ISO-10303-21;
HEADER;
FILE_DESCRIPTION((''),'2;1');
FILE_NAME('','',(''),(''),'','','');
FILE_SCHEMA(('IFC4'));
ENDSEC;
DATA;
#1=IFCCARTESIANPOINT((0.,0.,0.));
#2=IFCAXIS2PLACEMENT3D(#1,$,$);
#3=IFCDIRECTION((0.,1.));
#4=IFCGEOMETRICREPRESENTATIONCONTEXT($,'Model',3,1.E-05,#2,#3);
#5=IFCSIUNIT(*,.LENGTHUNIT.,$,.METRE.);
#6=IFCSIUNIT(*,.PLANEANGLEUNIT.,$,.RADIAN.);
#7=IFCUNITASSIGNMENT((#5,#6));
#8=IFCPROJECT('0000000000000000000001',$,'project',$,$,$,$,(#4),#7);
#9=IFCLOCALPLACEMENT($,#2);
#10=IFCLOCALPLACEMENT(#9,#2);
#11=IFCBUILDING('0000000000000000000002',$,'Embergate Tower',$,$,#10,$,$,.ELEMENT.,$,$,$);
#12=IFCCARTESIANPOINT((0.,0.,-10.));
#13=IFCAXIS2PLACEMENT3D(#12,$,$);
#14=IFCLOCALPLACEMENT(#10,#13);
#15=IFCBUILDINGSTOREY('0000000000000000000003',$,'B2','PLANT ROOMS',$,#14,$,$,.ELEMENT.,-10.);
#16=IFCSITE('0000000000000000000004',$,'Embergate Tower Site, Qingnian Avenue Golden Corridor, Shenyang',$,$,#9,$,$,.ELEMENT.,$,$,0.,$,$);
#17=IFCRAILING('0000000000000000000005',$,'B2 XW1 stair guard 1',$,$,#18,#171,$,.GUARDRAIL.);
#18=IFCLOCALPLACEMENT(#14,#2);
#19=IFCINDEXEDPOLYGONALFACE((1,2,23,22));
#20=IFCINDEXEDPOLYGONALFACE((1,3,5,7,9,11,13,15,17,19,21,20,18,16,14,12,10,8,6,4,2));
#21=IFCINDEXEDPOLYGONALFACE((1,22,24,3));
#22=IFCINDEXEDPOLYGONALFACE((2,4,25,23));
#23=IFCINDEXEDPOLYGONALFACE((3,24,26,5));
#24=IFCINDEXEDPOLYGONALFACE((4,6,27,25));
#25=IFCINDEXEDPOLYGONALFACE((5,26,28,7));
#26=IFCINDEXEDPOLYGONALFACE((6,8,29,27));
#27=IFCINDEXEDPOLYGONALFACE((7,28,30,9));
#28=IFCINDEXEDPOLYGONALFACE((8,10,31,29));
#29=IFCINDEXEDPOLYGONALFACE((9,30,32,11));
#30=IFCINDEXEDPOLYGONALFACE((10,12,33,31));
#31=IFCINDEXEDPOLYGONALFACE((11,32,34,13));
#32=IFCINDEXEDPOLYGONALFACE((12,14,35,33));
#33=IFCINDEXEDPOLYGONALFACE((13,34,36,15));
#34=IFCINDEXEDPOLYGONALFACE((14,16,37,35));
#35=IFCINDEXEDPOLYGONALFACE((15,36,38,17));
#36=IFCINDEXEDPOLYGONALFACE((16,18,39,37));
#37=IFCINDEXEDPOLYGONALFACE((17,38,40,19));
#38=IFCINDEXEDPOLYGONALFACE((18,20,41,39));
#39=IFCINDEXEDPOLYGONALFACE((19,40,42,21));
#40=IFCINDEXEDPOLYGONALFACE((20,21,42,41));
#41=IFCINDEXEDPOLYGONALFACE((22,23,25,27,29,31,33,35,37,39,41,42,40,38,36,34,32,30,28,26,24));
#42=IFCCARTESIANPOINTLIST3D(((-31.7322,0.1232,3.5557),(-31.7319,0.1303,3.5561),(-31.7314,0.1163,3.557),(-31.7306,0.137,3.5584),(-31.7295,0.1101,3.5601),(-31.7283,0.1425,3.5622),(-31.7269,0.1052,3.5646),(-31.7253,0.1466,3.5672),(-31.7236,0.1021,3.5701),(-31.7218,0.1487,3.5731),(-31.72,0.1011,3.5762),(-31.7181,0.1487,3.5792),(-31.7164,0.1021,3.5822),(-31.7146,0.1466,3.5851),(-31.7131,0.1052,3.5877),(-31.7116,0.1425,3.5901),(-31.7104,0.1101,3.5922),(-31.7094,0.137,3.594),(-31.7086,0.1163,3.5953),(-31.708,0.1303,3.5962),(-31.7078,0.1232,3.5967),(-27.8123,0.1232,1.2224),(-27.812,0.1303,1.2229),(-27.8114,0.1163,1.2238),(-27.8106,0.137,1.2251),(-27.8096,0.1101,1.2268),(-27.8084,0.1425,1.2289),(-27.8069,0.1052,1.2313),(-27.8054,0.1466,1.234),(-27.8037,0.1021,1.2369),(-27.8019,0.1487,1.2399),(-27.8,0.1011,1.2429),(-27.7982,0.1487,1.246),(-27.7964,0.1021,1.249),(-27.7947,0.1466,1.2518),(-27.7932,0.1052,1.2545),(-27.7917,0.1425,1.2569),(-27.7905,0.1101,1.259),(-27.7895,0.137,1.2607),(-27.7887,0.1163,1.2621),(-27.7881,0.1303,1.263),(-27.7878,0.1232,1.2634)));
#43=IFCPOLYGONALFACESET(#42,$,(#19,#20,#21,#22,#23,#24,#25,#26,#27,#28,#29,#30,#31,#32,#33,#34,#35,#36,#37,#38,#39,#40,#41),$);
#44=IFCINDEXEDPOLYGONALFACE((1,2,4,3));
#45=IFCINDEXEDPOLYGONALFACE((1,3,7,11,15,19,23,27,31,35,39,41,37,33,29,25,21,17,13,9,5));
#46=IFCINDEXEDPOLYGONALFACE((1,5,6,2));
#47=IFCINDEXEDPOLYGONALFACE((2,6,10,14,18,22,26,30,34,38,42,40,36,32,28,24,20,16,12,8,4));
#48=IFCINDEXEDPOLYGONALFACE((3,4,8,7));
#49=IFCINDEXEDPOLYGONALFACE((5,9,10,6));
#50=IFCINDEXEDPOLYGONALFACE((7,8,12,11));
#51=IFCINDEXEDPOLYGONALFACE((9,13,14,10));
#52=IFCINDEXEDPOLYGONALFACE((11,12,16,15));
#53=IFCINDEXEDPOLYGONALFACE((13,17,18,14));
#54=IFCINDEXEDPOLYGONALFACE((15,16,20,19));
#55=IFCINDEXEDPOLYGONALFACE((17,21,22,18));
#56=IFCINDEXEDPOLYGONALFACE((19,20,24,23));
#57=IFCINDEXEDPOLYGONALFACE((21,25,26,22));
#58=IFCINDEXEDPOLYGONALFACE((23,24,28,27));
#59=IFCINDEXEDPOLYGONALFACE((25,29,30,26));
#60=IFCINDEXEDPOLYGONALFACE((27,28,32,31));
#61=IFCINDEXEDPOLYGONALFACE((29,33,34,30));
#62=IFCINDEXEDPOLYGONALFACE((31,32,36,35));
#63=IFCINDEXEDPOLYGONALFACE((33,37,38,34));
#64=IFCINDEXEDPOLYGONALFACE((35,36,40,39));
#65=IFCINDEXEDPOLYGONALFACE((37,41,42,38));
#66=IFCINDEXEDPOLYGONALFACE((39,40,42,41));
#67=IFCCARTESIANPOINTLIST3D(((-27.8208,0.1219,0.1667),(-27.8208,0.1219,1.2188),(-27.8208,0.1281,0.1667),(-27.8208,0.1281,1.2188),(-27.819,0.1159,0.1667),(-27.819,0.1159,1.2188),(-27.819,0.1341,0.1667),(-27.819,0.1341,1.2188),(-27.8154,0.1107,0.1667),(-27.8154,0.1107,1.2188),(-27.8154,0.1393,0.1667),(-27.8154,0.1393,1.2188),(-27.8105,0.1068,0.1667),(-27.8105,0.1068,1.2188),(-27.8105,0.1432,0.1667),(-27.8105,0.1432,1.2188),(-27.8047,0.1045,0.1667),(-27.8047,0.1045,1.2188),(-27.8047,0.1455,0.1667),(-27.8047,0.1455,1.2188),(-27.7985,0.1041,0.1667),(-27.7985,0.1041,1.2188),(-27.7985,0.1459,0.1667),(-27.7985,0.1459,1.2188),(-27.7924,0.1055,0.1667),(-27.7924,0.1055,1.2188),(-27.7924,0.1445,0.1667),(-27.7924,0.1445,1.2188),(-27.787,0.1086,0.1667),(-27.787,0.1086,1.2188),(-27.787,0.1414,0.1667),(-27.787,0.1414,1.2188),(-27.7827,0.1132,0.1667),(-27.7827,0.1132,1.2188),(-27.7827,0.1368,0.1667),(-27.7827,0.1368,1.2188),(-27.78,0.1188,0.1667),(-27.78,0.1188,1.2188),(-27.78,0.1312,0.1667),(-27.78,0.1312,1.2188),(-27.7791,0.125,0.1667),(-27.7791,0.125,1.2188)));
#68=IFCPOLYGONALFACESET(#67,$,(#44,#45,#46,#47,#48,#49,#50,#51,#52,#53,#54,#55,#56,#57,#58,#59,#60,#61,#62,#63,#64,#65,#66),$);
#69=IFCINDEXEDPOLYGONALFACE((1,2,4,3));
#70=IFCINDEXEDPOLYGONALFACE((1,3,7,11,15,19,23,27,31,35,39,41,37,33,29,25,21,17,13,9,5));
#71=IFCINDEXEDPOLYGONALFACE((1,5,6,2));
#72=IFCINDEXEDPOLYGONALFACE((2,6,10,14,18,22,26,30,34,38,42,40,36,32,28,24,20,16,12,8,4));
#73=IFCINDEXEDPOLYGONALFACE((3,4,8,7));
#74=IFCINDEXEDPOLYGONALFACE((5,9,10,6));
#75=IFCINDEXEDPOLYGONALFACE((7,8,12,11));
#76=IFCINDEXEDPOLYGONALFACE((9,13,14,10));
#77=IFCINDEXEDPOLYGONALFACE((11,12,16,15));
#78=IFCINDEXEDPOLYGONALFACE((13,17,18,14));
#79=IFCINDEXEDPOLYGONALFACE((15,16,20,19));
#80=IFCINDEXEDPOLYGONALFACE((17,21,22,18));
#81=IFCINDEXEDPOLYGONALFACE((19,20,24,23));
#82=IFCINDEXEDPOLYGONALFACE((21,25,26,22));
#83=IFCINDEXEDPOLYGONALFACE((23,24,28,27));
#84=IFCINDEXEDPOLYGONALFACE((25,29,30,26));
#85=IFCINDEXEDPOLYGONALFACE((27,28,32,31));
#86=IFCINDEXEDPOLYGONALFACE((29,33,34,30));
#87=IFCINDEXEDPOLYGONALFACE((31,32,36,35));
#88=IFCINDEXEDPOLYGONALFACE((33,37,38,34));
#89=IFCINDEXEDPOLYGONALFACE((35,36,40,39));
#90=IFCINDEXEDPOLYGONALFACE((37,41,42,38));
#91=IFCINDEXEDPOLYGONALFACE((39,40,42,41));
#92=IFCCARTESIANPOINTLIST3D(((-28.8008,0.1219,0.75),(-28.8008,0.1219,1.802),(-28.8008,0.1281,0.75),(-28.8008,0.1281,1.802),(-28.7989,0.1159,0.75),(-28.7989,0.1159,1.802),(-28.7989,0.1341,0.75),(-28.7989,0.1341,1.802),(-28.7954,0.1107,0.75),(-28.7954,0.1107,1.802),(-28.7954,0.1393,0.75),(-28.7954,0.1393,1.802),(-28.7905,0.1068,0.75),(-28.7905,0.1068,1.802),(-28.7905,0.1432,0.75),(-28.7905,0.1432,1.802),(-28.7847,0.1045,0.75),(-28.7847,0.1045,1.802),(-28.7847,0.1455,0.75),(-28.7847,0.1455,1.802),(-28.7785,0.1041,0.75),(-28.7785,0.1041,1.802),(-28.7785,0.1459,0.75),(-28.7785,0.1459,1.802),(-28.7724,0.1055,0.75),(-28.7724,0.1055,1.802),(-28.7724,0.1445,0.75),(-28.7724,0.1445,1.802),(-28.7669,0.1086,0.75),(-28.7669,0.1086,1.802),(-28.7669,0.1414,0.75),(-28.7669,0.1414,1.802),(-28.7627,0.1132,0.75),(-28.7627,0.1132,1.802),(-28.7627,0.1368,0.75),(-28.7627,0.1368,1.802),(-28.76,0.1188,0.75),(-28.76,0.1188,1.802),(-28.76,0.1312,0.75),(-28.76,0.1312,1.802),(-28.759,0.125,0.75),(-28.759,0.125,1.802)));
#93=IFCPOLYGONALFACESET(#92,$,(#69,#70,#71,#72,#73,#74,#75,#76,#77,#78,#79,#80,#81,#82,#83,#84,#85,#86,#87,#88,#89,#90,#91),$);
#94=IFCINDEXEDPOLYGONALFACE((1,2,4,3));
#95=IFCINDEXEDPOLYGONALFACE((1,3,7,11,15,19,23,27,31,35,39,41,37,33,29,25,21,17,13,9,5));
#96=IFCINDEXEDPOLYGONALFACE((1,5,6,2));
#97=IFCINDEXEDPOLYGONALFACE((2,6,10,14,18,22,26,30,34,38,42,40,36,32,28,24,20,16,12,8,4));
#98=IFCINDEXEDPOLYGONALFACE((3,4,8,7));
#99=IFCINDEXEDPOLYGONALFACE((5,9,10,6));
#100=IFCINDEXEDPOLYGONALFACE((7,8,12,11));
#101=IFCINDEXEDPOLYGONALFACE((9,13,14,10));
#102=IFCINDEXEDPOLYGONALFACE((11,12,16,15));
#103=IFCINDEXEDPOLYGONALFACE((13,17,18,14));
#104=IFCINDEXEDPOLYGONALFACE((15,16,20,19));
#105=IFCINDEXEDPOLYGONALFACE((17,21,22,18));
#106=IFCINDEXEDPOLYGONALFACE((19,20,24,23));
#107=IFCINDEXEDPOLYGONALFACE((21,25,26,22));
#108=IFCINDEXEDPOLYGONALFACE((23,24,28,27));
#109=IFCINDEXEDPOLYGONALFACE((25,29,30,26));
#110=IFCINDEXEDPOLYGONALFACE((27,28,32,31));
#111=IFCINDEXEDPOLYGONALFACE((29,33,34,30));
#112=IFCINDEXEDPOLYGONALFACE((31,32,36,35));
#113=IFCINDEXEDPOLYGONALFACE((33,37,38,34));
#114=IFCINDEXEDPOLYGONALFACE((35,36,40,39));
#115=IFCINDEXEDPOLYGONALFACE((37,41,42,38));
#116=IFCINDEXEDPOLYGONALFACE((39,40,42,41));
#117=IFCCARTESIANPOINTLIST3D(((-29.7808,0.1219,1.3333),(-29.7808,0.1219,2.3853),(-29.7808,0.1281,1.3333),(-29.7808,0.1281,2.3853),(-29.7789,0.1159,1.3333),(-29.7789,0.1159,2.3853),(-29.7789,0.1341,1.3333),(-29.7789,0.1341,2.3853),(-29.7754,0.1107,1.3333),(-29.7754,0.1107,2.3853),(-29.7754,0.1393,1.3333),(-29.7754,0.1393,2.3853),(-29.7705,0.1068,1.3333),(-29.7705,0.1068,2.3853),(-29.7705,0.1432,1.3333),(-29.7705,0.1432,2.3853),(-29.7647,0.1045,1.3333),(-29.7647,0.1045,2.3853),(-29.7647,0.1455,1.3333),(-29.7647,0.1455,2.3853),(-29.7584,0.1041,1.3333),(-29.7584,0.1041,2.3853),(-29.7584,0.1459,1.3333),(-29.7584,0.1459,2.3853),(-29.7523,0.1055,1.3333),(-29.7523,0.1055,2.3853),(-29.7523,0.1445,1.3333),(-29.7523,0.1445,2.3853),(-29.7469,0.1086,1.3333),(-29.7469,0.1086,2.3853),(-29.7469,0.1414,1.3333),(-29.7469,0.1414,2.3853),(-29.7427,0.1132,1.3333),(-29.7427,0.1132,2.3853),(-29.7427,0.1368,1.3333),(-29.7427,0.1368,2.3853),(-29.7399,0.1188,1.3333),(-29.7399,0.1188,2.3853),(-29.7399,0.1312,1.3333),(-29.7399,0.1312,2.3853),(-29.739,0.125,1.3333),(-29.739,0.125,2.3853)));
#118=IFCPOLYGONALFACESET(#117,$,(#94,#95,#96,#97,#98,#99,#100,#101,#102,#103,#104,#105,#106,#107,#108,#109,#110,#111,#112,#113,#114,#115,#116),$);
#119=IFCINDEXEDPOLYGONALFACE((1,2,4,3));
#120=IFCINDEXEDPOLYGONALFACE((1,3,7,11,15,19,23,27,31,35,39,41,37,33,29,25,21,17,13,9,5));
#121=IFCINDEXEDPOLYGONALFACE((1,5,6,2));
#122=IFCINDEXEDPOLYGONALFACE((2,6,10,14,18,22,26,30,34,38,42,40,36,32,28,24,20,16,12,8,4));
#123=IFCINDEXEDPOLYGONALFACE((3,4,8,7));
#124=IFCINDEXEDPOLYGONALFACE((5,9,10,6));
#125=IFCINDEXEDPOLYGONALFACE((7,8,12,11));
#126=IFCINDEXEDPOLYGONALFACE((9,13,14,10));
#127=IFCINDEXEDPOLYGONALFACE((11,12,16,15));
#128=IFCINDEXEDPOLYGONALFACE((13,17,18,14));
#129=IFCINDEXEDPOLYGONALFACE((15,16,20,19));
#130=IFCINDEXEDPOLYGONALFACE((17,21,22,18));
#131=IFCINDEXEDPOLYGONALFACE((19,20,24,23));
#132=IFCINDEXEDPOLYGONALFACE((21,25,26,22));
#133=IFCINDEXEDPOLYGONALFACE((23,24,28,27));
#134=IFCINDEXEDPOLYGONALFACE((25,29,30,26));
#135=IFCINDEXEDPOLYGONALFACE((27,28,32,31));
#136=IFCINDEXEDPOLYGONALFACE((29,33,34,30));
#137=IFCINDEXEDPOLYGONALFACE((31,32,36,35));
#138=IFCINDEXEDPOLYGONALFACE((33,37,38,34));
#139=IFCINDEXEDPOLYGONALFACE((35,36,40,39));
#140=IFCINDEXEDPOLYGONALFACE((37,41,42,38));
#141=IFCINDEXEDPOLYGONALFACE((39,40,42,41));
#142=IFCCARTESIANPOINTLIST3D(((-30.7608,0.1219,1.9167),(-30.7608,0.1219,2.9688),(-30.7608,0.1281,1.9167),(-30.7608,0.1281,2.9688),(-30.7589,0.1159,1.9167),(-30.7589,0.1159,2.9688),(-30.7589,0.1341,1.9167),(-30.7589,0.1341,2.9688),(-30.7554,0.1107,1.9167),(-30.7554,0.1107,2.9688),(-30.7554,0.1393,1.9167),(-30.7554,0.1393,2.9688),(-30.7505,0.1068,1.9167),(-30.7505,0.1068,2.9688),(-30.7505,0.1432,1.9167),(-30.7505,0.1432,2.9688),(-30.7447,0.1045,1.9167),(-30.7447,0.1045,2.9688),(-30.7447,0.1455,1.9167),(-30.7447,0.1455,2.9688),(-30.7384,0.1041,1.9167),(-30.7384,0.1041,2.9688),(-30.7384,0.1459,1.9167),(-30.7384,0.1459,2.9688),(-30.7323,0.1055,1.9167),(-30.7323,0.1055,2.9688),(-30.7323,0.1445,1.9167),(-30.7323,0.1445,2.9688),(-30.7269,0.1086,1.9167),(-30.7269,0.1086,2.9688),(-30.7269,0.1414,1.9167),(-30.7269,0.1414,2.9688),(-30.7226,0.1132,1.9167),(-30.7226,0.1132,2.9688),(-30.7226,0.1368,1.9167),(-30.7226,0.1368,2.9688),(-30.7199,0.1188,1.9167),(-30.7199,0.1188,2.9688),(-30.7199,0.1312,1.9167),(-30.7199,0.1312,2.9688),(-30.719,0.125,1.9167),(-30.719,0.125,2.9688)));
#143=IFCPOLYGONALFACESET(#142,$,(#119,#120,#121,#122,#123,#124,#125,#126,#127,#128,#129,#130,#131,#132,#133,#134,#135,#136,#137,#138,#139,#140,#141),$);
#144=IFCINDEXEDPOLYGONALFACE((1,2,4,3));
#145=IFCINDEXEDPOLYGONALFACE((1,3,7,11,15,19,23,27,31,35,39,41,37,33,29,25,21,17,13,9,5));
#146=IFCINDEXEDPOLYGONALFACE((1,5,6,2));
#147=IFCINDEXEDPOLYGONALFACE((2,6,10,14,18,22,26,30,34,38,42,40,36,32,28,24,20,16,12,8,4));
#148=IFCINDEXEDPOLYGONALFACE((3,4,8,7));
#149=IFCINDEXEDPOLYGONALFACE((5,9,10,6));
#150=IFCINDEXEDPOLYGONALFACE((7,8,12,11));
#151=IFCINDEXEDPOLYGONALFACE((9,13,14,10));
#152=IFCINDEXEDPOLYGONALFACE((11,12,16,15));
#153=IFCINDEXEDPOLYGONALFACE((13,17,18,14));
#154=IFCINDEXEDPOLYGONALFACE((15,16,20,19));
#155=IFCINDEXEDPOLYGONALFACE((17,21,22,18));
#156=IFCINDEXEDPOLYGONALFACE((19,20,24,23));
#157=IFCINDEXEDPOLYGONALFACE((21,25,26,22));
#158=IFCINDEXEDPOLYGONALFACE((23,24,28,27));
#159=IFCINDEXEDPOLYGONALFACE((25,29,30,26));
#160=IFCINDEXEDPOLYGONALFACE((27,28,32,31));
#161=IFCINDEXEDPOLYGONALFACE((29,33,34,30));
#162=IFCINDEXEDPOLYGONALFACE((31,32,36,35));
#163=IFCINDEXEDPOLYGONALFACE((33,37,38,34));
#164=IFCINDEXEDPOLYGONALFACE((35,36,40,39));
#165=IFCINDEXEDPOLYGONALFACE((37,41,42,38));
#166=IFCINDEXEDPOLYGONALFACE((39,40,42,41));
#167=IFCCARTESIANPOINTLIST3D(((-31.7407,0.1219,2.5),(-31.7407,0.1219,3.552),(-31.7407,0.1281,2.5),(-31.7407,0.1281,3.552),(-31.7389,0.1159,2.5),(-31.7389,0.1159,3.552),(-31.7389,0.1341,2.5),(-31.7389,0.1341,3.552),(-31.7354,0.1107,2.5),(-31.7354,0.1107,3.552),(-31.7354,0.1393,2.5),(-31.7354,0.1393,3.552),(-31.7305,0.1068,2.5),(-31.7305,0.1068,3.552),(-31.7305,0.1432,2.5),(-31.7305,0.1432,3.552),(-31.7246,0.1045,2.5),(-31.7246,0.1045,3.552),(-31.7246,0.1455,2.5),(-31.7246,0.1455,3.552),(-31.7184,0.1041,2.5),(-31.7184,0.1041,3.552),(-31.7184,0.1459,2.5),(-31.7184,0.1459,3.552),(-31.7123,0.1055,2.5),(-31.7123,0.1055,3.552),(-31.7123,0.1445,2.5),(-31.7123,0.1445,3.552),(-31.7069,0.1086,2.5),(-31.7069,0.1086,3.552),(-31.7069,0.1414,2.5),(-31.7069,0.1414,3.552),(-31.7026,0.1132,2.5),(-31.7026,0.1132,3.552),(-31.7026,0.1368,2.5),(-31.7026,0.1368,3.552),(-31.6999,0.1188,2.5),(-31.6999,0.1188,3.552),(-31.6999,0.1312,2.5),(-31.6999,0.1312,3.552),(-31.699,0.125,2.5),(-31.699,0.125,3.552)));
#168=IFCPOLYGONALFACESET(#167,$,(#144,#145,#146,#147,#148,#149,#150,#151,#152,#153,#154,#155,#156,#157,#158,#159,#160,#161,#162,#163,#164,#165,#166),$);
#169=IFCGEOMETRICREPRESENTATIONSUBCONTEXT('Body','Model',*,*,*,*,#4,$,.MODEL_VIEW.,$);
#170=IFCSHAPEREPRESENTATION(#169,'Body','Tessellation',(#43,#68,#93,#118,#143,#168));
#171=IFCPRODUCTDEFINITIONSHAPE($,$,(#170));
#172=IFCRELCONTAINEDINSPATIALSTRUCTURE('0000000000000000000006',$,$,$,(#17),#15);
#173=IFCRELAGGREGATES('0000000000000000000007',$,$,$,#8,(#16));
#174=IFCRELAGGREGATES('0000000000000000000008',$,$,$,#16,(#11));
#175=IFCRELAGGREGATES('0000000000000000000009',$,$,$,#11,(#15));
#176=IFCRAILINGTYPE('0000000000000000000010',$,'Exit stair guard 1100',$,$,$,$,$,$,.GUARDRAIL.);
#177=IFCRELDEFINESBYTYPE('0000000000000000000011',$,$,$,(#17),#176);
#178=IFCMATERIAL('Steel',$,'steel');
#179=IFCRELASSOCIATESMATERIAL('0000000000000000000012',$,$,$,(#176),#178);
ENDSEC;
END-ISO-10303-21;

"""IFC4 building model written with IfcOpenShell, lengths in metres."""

from ifc_helpers import new_model, si_unit, direction, frame, origin, origin_2d, place, context, subcontext, project, spatial, circle, extrude, source, transform, mapped, material, type_object, element, save


model = new_model("IFC4")

# Units and contexts
model_context = context("Model", 3, precision=1e-05, world=origin(), true_north=direction((0.0, 1.0)))
body_context = subcontext(model_context, "Body", "Model", "MODEL_VIEW")
ifc_project = project(units=[si_unit("LENGTHUNIT", "METRE"), si_unit("PLANEANGLEUNIT", "RADIAN")], contexts=[model_context])

# Site, building, storey
site_placement = place(None, origin())
site = spatial("IfcSite", under=ifc_project, at=site_placement, Name="Embergate Tower Site, Qingnian Avenue Golden Corridor, Shenyang", CompositionType="ELEMENT", RefElevation=0.0)
building_placement = place(site_placement, origin())
building = spatial("IfcBuilding", under=site, at=building_placement, Name="Embergate Tower", CompositionType="ELEMENT")
storey_placement = place(building_placement, frame((0.0, 0.0, -10.0)))
storey = spatial("IfcBuildingStorey", under=building, at=storey_placement, Name="B2", Description="PLANT ROOMS", CompositionType="ELEMENT", Elevation=-10.0)

# Railing
ifc_material_1 = material(Name="Steel", Category="steel")
railing_type_1 = type_object("IfcRailingType", Name="Exit stair guard 1100", PredefinedType="GUARDRAIL", material=ifc_material_1)
shared_shape_1 = source(origin(), body_context, "Body", "SweptSolid", [
    extrude(circle(Radius=0.0239, at=origin_2d()), frame((0.0, 0.0, 1.0762), z_axis=(-0.859296, 0.0, 0.511478), x_axis=(0.0, -1.0, 0.0)), (0.0, 0.0, 1.0), 4.5618),
    extrude(circle(Radius=0.021, at=origin_2d()), origin(), (0.0, 0.0, 1.0), 1.052),
    extrude(circle(Radius=0.021, at=origin_2d()), frame((-0.98, 0.0, 0.5833)), (0.0, 0.0, 1.0), 1.052),
    extrude(circle(Radius=0.021, at=origin_2d()), frame((-1.96, 0.0, 1.1665)), (0.0, 0.0, 1.0), 1.052),
    extrude(circle(Radius=0.021, at=origin_2d()), frame((-2.9399, 0.0, 1.75)), (0.0, 0.0, 1.0), 1.052),
    extrude(circle(Radius=0.021, at=origin_2d()), frame((-3.9199, 0.0, 2.3333)), (0.0, 0.0, 1.0), 1.052),
])
railing_1_placement = place(storey_placement, frame((-27.8, 0.125, 0.1667)))
element("IfcRailing", 1, at=railing_1_placement, inside=storey, type_object=railing_type_1, Name="B2 XW1 stair guard 1", PredefinedType="GUARDRAIL", context=body_context, shape_type="MappedRepresentation", body=[
    mapped(shared_shape_1, transform((0.0, 0.0, 0.0))),
])

save(model, "model.ifc")
